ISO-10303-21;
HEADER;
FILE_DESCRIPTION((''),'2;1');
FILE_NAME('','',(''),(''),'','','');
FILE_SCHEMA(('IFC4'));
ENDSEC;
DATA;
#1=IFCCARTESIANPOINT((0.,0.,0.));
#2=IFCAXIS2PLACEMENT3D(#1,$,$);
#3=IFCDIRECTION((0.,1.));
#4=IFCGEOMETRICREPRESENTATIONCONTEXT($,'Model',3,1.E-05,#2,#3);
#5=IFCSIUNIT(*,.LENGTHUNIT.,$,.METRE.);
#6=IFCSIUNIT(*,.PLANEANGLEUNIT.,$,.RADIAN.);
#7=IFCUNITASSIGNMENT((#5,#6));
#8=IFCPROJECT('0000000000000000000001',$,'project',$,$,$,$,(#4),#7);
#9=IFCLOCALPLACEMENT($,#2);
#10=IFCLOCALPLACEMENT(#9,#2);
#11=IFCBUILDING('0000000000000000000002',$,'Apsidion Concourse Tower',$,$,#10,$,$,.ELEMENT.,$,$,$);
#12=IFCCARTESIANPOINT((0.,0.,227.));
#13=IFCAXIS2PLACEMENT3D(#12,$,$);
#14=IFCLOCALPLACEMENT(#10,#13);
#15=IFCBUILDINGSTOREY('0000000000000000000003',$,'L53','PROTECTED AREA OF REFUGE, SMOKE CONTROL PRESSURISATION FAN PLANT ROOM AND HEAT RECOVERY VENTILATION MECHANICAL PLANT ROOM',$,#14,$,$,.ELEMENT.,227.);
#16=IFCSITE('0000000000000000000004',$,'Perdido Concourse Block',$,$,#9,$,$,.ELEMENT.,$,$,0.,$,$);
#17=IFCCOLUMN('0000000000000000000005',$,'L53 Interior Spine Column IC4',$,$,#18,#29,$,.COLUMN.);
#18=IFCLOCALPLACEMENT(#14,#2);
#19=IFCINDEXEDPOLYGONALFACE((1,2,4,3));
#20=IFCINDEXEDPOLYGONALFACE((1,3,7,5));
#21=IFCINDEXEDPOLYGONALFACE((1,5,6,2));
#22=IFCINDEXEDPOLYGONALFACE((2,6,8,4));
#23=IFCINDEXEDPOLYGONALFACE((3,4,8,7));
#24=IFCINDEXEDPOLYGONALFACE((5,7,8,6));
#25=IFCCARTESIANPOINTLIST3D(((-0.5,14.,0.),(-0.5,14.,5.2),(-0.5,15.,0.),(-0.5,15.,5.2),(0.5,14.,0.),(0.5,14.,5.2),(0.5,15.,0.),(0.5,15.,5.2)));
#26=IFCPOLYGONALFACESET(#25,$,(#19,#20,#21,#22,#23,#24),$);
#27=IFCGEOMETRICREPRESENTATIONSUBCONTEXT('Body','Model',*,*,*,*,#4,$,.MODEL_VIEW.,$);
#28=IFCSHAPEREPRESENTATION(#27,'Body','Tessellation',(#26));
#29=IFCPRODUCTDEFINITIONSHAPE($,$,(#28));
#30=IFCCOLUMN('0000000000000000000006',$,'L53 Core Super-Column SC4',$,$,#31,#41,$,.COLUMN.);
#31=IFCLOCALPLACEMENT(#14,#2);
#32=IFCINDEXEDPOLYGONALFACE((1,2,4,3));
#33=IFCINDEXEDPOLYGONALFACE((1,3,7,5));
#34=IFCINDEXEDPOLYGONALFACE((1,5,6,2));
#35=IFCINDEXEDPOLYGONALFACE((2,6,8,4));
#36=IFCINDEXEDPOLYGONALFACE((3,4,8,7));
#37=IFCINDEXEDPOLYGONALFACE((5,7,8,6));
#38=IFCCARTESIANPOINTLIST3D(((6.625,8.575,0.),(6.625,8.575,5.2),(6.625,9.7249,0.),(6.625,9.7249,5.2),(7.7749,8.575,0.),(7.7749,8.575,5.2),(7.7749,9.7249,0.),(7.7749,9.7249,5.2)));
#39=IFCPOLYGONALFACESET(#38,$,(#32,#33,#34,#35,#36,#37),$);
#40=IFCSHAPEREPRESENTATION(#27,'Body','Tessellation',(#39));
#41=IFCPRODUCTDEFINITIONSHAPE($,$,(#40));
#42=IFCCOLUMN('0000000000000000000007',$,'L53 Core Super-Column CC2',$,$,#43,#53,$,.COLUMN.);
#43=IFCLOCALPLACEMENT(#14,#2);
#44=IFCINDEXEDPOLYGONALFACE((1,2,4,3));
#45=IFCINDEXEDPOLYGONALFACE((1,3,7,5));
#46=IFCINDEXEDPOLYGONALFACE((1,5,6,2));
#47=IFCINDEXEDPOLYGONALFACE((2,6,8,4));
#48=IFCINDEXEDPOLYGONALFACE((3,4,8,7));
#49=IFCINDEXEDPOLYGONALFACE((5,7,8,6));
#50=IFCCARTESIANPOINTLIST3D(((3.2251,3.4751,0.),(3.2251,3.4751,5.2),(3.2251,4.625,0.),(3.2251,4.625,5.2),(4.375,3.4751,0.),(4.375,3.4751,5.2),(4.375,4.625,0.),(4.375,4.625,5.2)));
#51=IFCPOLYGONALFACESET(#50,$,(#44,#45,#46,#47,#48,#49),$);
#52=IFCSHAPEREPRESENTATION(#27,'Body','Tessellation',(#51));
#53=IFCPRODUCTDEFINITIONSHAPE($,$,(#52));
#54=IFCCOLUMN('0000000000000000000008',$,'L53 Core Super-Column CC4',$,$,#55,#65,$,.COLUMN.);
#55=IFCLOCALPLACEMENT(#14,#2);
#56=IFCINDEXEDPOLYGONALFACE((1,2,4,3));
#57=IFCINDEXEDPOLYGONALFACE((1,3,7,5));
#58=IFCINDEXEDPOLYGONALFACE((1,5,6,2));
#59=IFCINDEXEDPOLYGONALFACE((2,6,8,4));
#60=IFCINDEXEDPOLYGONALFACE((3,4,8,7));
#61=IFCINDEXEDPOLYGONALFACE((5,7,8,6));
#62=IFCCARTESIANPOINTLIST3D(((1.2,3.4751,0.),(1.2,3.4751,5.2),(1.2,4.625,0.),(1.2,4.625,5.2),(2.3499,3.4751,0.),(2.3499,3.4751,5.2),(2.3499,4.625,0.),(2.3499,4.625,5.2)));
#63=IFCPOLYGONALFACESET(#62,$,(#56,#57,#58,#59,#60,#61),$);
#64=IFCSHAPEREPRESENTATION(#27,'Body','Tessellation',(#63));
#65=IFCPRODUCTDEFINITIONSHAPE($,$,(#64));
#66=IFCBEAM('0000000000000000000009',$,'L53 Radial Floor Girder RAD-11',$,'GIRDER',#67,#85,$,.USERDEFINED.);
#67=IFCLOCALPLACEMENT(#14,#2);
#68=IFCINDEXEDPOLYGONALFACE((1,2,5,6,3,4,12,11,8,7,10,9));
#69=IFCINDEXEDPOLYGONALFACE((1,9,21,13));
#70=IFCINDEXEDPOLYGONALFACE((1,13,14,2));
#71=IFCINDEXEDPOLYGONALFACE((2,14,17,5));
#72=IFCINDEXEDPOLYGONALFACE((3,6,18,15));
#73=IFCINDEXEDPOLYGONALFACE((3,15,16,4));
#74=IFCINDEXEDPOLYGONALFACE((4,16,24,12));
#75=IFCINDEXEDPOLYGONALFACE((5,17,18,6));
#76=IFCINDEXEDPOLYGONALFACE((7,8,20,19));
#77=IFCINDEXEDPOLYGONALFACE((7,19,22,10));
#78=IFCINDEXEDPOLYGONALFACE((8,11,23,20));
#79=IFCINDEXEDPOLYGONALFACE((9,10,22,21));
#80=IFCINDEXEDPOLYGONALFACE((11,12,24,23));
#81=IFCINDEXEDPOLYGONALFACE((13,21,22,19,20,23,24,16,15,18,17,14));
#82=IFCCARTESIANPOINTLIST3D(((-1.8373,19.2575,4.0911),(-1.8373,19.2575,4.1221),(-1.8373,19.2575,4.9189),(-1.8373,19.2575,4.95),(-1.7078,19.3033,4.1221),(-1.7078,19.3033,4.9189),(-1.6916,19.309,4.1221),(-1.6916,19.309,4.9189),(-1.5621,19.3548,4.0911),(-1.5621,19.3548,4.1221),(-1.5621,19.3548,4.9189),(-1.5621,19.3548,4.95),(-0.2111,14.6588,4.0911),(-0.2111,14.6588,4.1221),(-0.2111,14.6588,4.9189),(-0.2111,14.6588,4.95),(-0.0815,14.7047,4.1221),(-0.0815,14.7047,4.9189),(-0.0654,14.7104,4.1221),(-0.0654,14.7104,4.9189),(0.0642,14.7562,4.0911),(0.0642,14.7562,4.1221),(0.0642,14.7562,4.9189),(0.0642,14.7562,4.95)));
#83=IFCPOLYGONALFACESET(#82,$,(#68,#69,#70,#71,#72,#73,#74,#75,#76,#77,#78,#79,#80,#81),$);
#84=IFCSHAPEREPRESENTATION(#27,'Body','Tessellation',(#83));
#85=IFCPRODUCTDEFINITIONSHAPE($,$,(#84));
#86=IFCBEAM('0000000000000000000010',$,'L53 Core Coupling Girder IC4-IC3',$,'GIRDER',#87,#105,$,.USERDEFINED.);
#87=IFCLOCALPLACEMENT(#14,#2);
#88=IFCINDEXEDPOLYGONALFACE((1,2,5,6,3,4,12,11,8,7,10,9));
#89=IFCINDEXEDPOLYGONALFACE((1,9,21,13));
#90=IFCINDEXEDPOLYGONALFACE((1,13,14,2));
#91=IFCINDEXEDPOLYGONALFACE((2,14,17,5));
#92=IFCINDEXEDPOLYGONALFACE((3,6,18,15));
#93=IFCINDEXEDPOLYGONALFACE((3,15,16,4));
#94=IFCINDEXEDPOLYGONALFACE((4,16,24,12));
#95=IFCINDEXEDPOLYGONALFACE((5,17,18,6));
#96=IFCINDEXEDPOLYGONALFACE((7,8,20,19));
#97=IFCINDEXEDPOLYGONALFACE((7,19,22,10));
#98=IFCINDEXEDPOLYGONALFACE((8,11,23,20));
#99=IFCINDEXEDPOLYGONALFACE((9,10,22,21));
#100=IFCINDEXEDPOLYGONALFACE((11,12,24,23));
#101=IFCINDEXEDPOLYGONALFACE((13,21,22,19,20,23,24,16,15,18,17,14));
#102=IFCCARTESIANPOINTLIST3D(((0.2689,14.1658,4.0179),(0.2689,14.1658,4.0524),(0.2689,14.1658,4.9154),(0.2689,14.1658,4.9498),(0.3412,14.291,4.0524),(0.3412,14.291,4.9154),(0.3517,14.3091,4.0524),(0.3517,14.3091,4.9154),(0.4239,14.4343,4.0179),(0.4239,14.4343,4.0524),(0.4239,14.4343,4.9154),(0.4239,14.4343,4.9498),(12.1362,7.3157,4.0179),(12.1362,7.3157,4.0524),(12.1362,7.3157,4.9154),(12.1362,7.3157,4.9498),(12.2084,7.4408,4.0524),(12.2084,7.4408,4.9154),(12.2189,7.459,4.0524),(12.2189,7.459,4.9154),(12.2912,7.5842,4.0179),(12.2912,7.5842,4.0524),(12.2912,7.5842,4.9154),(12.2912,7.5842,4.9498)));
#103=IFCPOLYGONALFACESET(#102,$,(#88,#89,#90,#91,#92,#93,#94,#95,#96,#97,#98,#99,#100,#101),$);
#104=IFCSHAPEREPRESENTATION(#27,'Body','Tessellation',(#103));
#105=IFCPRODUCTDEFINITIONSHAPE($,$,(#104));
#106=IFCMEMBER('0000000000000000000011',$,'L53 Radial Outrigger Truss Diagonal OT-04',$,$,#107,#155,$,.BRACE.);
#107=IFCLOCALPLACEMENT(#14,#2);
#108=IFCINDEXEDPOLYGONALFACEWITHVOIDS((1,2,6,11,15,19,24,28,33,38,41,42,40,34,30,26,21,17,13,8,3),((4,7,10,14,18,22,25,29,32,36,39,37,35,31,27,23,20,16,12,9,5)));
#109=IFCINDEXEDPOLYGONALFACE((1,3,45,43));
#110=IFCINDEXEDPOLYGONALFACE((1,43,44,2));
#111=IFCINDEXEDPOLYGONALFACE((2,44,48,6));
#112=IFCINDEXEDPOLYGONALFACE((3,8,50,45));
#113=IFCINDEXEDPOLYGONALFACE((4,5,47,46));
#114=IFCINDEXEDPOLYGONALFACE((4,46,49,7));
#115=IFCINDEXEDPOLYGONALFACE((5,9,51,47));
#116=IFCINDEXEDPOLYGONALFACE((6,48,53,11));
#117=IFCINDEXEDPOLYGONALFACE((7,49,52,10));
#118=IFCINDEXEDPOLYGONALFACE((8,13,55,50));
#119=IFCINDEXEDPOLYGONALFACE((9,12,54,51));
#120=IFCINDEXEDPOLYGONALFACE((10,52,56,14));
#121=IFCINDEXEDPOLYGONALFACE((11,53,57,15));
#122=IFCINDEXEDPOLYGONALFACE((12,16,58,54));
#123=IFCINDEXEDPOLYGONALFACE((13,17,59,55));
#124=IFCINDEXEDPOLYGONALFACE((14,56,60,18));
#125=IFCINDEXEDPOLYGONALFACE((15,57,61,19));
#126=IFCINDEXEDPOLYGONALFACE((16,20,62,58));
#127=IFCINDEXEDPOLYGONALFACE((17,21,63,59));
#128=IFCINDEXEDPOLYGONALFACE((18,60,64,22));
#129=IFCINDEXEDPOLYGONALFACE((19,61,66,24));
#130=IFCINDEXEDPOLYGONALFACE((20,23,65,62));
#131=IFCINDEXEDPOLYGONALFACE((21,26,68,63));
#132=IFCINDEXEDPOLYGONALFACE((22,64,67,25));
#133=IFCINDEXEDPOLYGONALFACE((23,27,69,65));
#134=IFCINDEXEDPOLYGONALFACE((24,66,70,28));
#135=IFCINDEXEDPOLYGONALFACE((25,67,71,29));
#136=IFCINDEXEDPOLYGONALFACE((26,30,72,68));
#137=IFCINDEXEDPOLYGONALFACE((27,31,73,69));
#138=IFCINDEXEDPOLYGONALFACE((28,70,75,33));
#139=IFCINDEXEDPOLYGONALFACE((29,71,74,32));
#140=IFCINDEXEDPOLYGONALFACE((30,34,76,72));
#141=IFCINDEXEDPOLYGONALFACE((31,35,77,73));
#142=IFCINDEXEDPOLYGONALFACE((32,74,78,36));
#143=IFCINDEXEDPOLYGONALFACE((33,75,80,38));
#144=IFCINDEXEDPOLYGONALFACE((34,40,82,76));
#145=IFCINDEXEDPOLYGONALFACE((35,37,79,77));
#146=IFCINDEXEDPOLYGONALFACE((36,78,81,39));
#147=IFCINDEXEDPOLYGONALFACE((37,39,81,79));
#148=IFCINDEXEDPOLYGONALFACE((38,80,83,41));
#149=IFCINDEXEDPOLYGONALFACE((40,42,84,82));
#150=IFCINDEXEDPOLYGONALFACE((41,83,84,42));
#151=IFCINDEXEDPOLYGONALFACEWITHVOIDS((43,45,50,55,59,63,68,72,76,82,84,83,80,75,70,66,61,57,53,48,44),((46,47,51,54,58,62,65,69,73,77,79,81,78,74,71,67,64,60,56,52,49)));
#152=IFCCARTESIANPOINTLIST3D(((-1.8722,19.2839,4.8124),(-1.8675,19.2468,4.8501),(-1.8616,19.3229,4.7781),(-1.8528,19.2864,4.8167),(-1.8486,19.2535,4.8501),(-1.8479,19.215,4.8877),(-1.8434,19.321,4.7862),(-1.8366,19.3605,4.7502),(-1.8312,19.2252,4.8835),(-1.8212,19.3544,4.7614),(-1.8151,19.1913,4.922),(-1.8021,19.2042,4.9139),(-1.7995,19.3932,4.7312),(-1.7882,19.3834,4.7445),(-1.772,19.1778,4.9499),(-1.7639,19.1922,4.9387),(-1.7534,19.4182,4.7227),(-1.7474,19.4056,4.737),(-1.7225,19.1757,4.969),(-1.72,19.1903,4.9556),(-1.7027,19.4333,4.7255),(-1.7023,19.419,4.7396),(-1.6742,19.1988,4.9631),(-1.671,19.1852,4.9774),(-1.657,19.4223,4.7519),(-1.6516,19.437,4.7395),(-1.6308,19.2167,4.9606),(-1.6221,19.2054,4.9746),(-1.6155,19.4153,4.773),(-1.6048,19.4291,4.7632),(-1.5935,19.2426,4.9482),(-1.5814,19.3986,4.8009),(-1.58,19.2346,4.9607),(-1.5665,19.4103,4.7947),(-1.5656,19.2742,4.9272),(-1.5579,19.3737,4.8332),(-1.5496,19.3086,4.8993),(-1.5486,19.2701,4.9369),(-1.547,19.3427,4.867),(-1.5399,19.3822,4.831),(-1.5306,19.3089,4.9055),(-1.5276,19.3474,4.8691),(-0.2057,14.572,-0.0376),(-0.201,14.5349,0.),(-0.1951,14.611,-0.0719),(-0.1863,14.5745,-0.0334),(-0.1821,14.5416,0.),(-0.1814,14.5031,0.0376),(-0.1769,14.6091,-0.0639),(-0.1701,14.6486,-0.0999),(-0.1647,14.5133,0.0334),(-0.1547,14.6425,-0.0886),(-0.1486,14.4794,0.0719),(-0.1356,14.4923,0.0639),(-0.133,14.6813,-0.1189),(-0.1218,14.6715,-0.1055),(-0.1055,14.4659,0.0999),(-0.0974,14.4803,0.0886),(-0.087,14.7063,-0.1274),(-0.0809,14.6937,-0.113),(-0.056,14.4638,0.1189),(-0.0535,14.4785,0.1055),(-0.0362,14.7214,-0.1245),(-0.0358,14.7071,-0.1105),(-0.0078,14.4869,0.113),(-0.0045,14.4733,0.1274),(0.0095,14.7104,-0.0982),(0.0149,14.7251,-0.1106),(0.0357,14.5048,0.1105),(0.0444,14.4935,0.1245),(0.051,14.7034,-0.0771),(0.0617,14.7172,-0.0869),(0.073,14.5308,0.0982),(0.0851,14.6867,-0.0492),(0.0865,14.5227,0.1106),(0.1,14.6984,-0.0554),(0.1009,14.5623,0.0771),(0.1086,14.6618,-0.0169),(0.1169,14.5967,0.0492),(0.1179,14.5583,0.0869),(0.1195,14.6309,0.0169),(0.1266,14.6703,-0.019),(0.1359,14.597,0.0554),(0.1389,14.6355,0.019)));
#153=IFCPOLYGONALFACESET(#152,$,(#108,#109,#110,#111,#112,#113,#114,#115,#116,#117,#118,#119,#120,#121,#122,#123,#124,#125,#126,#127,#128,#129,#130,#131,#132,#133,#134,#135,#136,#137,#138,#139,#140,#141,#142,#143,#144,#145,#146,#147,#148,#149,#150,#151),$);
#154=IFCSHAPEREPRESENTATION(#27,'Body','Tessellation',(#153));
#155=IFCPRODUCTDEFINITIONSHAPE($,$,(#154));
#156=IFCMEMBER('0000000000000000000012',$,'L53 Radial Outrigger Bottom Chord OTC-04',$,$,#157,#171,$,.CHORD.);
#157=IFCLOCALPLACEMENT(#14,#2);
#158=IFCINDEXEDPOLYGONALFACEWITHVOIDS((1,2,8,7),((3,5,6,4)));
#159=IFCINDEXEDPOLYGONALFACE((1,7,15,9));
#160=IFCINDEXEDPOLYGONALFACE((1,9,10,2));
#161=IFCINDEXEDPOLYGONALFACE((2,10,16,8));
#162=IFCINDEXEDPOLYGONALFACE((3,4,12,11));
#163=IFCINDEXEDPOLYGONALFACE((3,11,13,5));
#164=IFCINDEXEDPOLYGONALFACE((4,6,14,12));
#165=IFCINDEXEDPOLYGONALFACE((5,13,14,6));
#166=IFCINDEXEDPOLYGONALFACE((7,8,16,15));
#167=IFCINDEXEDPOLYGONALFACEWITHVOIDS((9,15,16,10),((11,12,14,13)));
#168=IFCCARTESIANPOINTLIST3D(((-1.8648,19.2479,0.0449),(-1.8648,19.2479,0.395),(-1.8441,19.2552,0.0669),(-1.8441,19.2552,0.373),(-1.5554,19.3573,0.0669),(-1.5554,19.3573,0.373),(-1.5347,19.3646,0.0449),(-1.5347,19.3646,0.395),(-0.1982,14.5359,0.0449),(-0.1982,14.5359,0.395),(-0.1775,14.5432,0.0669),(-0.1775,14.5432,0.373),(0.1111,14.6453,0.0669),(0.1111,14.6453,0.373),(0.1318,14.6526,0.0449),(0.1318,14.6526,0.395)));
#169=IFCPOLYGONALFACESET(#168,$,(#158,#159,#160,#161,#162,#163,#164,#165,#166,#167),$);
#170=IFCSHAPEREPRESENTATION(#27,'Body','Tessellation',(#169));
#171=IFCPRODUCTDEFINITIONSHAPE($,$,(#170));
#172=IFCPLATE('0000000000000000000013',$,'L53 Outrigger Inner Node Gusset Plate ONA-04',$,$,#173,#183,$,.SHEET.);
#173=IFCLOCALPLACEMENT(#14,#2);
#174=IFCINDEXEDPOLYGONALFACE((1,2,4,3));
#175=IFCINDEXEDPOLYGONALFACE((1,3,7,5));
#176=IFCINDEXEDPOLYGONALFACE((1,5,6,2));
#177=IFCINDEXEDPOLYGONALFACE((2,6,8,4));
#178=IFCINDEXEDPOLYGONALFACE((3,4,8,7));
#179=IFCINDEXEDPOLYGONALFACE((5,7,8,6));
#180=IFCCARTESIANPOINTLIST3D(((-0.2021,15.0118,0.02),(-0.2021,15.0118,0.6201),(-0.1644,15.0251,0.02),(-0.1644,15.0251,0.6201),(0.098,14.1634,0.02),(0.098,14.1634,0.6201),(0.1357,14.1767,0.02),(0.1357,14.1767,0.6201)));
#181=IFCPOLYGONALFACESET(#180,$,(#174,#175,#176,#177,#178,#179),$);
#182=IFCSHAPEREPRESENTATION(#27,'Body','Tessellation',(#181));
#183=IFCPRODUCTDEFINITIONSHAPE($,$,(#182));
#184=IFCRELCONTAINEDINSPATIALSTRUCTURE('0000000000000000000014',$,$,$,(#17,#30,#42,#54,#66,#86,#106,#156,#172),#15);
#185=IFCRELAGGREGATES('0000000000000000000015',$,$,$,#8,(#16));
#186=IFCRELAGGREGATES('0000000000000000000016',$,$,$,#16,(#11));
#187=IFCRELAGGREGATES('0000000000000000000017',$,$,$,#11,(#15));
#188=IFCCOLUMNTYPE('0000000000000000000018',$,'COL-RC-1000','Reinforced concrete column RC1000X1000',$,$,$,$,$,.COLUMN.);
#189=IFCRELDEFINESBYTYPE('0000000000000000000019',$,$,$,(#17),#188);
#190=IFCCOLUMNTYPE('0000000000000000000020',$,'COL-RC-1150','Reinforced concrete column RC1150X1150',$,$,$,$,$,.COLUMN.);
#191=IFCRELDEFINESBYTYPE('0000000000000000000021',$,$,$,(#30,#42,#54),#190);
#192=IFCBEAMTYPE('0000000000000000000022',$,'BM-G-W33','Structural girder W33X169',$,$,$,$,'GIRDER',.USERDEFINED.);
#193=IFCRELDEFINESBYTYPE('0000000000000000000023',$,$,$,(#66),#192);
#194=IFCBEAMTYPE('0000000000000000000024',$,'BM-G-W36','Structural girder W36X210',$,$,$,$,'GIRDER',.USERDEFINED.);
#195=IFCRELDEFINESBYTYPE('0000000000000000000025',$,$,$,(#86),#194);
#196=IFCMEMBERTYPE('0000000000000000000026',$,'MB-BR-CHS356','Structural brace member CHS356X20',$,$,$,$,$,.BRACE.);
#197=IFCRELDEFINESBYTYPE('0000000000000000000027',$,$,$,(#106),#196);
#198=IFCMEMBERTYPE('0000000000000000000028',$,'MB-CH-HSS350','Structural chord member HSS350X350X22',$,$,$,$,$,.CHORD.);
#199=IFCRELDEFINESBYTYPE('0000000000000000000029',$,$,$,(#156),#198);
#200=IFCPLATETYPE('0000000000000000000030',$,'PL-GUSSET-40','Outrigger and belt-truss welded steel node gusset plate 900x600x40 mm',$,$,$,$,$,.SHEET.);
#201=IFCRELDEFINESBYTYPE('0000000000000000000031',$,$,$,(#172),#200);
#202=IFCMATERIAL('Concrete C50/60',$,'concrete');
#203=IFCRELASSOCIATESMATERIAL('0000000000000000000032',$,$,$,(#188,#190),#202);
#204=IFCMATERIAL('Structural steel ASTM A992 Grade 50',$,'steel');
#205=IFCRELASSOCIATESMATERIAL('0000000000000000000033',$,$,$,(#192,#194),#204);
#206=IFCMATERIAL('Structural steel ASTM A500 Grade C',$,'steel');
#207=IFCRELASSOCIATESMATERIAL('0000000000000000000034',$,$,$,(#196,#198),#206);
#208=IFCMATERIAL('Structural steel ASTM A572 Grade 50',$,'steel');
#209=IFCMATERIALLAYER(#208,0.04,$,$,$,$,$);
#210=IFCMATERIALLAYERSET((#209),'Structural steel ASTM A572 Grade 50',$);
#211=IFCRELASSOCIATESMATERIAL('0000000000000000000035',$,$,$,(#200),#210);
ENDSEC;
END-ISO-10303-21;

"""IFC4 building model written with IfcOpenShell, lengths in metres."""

from ifc_helpers import new_model, si_unit, direction, frame, origin, origin_2d, place, context, subcontext, project, spatial, rectangle, hollow_rectangle, hollow_circle, i_section, extrude, material, layer, layer_set, material_profile, profile_set, type_object, element, save


model = new_model("IFC4")

# Units and contexts
model_context = context("Model", 3, precision=1e-05, world=origin(), true_north=direction((0.0, 1.0)))
body_context = subcontext(model_context, "Body", "Model", "MODEL_VIEW")
ifc_project = project(units=[si_unit("LENGTHUNIT", "METRE"), si_unit("PLANEANGLEUNIT", "RADIAN")], contexts=[model_context])

# Site, building, storey
site_placement = place(None, origin())
site = spatial("IfcSite", under=ifc_project, at=site_placement, Name="Perdido Concourse Block", CompositionType="ELEMENT", RefElevation=0.0)
building_placement = place(site_placement, origin())
building = spatial("IfcBuilding", under=site, at=building_placement, Name="Apsidion Concourse Tower", CompositionType="ELEMENT")
storey_placement = place(building_placement, frame((0.0, 0.0, 227.0)))
storey = spatial("IfcBuildingStorey", under=building, at=storey_placement, Name="L53", Description="PROTECTED AREA OF REFUGE, SMOKE CONTROL PRESSURISATION FAN PLANT ROOM AND HEAT RECOVERY VENTILATION MECHANICAL PLANT ROOM", CompositionType="ELEMENT", Elevation=227.0)

# Columns
ifc_material_1 = material(Name="Concrete C50/60", Category="concrete")
ifc_material_profile_1 = material_profile(ifc_material_1, rectangle(XDim=1.0, YDim=1.0, at=origin_2d()), Name="RC 1000x1000")
ifc_profile_set_1 = profile_set([ifc_material_profile_1], Name="Concrete C50/60")
column_type_1 = type_object("IfcColumnType", Name="COL-RC-1000", Description="Reinforced concrete column RC1000X1000", PredefinedType="COLUMN", material=ifc_profile_set_1)
column_placement = place(storey_placement, frame((0.0, 14.5, 0.0), z_axis=(0.0, 0.0, 1.0), x_axis=(1.0, 0.0, 0.0)))
element("IfcColumn", 1, at=column_placement, inside=storey, type_object=column_type_1, Name="L53 Interior Spine Column IC4", PredefinedType="COLUMN", context=body_context, shape_type="SweptSolid", body=[
    extrude(rectangle(XDim=1.0, YDim=1.0, at=origin_2d()), origin(), (0.0, 0.0, 1.0), 5.2),
])
ifc_material_profile_2 = material_profile(ifc_material_1, rectangle(XDim=1.1499, YDim=1.1499, at=origin_2d()), Name="RC 1150x1150")
ifc_profile_set_2 = profile_set([ifc_material_profile_2], Name="Concrete C50/60")
column_type_2 = type_object("IfcColumnType", Name="COL-RC-1150", Description="Reinforced concrete column RC1150X1150", PredefinedType="COLUMN", material=ifc_profile_set_2)
for number, where, z_axis, x_axis, name in (
    (2, (7.2, 9.1499, 0.0), (0.0, 0.0, 1.0), (1.0, 0.0, 0.0), "L53 Core Super-Column SC4"),
    (3, (3.8, 4.05, 0.0), (0.0, 0.0, 1.0), (1.0, 0.0, 0.0), "L53 Core Super-Column CC2"),
    (4, (1.7749, 4.05, 0.0), (0.0, 0.0, 1.0), (1.0, 0.0, 0.0), "L53 Core Super-Column CC4"),
):
    element("IfcColumn", number, at=place(storey_placement, frame(where, z_axis=z_axis, x_axis=x_axis)), inside=storey, type_object=column_type_2, Name=name, PredefinedType="COLUMN", context=body_context, shape_type="SweptSolid", body=[
        extrude(rectangle(XDim=1.1499, YDim=1.1499, at=origin_2d()), origin(), (0.0, 0.0, 1.0), 5.2),
    ])

# Beams
ifc_material_2 = material(Name="Structural steel ASTM A992 Grade 50", Category="steel")
ifc_material_profile_3 = material_profile(ifc_material_2, i_section(OverallWidth=0.292, OverallDepth=0.8589, WebThickness=0.0171, FlangeThickness=0.031, at=origin_2d()), Name="W33X169")
ifc_profile_set_3 = profile_set([ifc_material_profile_3], Name="Structural steel ASTM A992 Grade 50")
beam_type_1 = type_object("IfcBeamType", Name="BM-G-W33", Description="Structural girder W33X169", ElementType="GIRDER", PredefinedType="USERDEFINED", material=ifc_profile_set_3)
beam_1_placement = place(storey_placement, frame((-0.0735, 14.7075, 4.5205), z_axis=(-0.333399, 0.942786, 0.0), x_axis=(-0.942786, -0.333399, 0.0)))
element("IfcBeam", 5, at=beam_1_placement, inside=storey, type_object=beam_type_1, Name="L53 Radial Floor Girder RAD-11", ObjectType="GIRDER", PredefinedType="USERDEFINED", context=body_context, shape_type="SweptSolid", body=[
    extrude(i_section(OverallWidth=0.292, OverallDepth=0.8589, WebThickness=0.0171, FlangeThickness=0.031, at=origin_2d()), origin(), (0.0, 0.0, 1.0), 4.8777),
])
ifc_material_profile_4 = material_profile(ifc_material_2, i_section(OverallWidth=0.3101, OverallDepth=0.9319, WebThickness=0.021, FlangeThickness=0.0344, at=origin_2d()), Name="W36X210")
ifc_profile_set_4 = profile_set([ifc_material_profile_4], Name="Structural steel ASTM A992 Grade 50")
beam_type_2 = type_object("IfcBeamType", Name="BM-G-W36", Description="Structural girder W36X210", ElementType="GIRDER", PredefinedType="USERDEFINED", material=ifc_profile_set_4)
beam_2_placement = place(storey_placement, frame((0.3464, 14.3, 4.4839), z_axis=(0.86607, -0.499922, 0.0), x_axis=(0.499922, 0.86607, 0.0)))
element("IfcBeam", 6, at=beam_2_placement, inside=storey, type_object=beam_type_2, Name="L53 Core Coupling Girder IC4-IC3", ObjectType="GIRDER", PredefinedType="USERDEFINED", context=body_context, shape_type="SweptSolid", body=[
    extrude(i_section(OverallWidth=0.3101, OverallDepth=0.9319, WebThickness=0.021, FlangeThickness=0.0344, at=origin_2d()), origin(), (0.0, 0.0, 1.0), 13.7024),
])

# Members
ifc_material_3 = material(Name="Structural steel ASTM A500 Grade C", Category="steel")
ifc_material_profile_5 = material_profile(ifc_material_3, hollow_circle(Radius=0.178, WallThickness=0.02, at=origin_2d()), Name="CHS356X20")
ifc_profile_set_5 = profile_set([ifc_material_profile_5], Name="Structural steel ASTM A500 Grade C")
member_type_1 = type_object("IfcMemberType", Name="MB-BR-CHS356", Description="Structural brace member CHS356X20", PredefinedType="BRACE", material=ifc_profile_set_5)
member_1_placement = place(storey_placement, frame((-0.0332, 14.5942, 0.0), z_axis=(-0.239289, 0.676572, 0.696413), x_axis=(-0.942772, -0.333438, 0.0)))
element("IfcMember", 7, at=member_1_placement, inside=storey, type_object=member_type_1, Name="L53 Radial Outrigger Truss Diagonal OT-04", PredefinedType="BRACE", context=body_context, shape_type="SweptSolid", body=[
    extrude(hollow_circle(Radius=0.178, WallThickness=0.02, at=origin_2d()), origin(), (0.0, 0.0, 1.0), 6.9644),
])
ifc_material_profile_6 = material_profile(ifc_material_3, hollow_rectangle(XDim=0.3501, YDim=0.3501, WallThickness=0.022, at=origin_2d()), Name="HSS350X350X22")
ifc_profile_set_6 = profile_set([ifc_material_profile_6], Name="Structural steel ASTM A500 Grade C")
member_type_2 = type_object("IfcMemberType", Name="MB-CH-HSS350", Description="Structural chord member HSS350X350X22", PredefinedType="CHORD", material=ifc_profile_set_6)
member_2_placement = place(storey_placement, frame((-0.0332, 14.5942, 0.22), z_axis=(-0.333438, 0.942772, 0.0), x_axis=(-0.942772, -0.333438, 0.0)))
element("IfcMember", 8, at=member_2_placement, inside=storey, type_object=member_type_2, Name="L53 Radial Outrigger Bottom Chord OTC-04", PredefinedType="CHORD", context=body_context, shape_type="SweptSolid", body=[
    extrude(hollow_rectangle(XDim=0.3501, YDim=0.3501, WallThickness=0.022, at=origin_2d()), origin(), (0.0, 0.0, 1.0), 4.998),
])

# Plate
ifc_material_4 = material(Name="Structural steel ASTM A572 Grade 50", Category="steel")
ifc_layer_1 = layer(ifc_material_4, 0.04)
ifc_layer_set_1 = layer_set([ifc_layer_1], Name="Structural steel ASTM A572 Grade 50")
plate_type = type_object("IfcPlateType", Name="PL-GUSSET-40", Description="Outrigger and belt-truss welded steel node gusset plate 900x600x40 mm", PredefinedType="SHEET", material=ifc_layer_set_1)
plate_placement = place(storey_placement, frame((-0.0332, 14.5942, 0.02), z_axis=(0.0, 0.0, 1.0), x_axis=(-0.333478, 0.942758, 0.0)))
element("IfcPlate", 9, at=plate_placement, inside=storey, type_object=plate_type, Name="L53 Outrigger Inner Node Gusset Plate ONA-04", PredefinedType="SHEET", context=body_context, shape_type="SweptSolid", body=[
    extrude(rectangle(XDim=0.8999, YDim=0.04, at=origin_2d()), origin(), (0.0, 0.0, 1.0), 0.6001),
])

save(model, "model.ifc")
